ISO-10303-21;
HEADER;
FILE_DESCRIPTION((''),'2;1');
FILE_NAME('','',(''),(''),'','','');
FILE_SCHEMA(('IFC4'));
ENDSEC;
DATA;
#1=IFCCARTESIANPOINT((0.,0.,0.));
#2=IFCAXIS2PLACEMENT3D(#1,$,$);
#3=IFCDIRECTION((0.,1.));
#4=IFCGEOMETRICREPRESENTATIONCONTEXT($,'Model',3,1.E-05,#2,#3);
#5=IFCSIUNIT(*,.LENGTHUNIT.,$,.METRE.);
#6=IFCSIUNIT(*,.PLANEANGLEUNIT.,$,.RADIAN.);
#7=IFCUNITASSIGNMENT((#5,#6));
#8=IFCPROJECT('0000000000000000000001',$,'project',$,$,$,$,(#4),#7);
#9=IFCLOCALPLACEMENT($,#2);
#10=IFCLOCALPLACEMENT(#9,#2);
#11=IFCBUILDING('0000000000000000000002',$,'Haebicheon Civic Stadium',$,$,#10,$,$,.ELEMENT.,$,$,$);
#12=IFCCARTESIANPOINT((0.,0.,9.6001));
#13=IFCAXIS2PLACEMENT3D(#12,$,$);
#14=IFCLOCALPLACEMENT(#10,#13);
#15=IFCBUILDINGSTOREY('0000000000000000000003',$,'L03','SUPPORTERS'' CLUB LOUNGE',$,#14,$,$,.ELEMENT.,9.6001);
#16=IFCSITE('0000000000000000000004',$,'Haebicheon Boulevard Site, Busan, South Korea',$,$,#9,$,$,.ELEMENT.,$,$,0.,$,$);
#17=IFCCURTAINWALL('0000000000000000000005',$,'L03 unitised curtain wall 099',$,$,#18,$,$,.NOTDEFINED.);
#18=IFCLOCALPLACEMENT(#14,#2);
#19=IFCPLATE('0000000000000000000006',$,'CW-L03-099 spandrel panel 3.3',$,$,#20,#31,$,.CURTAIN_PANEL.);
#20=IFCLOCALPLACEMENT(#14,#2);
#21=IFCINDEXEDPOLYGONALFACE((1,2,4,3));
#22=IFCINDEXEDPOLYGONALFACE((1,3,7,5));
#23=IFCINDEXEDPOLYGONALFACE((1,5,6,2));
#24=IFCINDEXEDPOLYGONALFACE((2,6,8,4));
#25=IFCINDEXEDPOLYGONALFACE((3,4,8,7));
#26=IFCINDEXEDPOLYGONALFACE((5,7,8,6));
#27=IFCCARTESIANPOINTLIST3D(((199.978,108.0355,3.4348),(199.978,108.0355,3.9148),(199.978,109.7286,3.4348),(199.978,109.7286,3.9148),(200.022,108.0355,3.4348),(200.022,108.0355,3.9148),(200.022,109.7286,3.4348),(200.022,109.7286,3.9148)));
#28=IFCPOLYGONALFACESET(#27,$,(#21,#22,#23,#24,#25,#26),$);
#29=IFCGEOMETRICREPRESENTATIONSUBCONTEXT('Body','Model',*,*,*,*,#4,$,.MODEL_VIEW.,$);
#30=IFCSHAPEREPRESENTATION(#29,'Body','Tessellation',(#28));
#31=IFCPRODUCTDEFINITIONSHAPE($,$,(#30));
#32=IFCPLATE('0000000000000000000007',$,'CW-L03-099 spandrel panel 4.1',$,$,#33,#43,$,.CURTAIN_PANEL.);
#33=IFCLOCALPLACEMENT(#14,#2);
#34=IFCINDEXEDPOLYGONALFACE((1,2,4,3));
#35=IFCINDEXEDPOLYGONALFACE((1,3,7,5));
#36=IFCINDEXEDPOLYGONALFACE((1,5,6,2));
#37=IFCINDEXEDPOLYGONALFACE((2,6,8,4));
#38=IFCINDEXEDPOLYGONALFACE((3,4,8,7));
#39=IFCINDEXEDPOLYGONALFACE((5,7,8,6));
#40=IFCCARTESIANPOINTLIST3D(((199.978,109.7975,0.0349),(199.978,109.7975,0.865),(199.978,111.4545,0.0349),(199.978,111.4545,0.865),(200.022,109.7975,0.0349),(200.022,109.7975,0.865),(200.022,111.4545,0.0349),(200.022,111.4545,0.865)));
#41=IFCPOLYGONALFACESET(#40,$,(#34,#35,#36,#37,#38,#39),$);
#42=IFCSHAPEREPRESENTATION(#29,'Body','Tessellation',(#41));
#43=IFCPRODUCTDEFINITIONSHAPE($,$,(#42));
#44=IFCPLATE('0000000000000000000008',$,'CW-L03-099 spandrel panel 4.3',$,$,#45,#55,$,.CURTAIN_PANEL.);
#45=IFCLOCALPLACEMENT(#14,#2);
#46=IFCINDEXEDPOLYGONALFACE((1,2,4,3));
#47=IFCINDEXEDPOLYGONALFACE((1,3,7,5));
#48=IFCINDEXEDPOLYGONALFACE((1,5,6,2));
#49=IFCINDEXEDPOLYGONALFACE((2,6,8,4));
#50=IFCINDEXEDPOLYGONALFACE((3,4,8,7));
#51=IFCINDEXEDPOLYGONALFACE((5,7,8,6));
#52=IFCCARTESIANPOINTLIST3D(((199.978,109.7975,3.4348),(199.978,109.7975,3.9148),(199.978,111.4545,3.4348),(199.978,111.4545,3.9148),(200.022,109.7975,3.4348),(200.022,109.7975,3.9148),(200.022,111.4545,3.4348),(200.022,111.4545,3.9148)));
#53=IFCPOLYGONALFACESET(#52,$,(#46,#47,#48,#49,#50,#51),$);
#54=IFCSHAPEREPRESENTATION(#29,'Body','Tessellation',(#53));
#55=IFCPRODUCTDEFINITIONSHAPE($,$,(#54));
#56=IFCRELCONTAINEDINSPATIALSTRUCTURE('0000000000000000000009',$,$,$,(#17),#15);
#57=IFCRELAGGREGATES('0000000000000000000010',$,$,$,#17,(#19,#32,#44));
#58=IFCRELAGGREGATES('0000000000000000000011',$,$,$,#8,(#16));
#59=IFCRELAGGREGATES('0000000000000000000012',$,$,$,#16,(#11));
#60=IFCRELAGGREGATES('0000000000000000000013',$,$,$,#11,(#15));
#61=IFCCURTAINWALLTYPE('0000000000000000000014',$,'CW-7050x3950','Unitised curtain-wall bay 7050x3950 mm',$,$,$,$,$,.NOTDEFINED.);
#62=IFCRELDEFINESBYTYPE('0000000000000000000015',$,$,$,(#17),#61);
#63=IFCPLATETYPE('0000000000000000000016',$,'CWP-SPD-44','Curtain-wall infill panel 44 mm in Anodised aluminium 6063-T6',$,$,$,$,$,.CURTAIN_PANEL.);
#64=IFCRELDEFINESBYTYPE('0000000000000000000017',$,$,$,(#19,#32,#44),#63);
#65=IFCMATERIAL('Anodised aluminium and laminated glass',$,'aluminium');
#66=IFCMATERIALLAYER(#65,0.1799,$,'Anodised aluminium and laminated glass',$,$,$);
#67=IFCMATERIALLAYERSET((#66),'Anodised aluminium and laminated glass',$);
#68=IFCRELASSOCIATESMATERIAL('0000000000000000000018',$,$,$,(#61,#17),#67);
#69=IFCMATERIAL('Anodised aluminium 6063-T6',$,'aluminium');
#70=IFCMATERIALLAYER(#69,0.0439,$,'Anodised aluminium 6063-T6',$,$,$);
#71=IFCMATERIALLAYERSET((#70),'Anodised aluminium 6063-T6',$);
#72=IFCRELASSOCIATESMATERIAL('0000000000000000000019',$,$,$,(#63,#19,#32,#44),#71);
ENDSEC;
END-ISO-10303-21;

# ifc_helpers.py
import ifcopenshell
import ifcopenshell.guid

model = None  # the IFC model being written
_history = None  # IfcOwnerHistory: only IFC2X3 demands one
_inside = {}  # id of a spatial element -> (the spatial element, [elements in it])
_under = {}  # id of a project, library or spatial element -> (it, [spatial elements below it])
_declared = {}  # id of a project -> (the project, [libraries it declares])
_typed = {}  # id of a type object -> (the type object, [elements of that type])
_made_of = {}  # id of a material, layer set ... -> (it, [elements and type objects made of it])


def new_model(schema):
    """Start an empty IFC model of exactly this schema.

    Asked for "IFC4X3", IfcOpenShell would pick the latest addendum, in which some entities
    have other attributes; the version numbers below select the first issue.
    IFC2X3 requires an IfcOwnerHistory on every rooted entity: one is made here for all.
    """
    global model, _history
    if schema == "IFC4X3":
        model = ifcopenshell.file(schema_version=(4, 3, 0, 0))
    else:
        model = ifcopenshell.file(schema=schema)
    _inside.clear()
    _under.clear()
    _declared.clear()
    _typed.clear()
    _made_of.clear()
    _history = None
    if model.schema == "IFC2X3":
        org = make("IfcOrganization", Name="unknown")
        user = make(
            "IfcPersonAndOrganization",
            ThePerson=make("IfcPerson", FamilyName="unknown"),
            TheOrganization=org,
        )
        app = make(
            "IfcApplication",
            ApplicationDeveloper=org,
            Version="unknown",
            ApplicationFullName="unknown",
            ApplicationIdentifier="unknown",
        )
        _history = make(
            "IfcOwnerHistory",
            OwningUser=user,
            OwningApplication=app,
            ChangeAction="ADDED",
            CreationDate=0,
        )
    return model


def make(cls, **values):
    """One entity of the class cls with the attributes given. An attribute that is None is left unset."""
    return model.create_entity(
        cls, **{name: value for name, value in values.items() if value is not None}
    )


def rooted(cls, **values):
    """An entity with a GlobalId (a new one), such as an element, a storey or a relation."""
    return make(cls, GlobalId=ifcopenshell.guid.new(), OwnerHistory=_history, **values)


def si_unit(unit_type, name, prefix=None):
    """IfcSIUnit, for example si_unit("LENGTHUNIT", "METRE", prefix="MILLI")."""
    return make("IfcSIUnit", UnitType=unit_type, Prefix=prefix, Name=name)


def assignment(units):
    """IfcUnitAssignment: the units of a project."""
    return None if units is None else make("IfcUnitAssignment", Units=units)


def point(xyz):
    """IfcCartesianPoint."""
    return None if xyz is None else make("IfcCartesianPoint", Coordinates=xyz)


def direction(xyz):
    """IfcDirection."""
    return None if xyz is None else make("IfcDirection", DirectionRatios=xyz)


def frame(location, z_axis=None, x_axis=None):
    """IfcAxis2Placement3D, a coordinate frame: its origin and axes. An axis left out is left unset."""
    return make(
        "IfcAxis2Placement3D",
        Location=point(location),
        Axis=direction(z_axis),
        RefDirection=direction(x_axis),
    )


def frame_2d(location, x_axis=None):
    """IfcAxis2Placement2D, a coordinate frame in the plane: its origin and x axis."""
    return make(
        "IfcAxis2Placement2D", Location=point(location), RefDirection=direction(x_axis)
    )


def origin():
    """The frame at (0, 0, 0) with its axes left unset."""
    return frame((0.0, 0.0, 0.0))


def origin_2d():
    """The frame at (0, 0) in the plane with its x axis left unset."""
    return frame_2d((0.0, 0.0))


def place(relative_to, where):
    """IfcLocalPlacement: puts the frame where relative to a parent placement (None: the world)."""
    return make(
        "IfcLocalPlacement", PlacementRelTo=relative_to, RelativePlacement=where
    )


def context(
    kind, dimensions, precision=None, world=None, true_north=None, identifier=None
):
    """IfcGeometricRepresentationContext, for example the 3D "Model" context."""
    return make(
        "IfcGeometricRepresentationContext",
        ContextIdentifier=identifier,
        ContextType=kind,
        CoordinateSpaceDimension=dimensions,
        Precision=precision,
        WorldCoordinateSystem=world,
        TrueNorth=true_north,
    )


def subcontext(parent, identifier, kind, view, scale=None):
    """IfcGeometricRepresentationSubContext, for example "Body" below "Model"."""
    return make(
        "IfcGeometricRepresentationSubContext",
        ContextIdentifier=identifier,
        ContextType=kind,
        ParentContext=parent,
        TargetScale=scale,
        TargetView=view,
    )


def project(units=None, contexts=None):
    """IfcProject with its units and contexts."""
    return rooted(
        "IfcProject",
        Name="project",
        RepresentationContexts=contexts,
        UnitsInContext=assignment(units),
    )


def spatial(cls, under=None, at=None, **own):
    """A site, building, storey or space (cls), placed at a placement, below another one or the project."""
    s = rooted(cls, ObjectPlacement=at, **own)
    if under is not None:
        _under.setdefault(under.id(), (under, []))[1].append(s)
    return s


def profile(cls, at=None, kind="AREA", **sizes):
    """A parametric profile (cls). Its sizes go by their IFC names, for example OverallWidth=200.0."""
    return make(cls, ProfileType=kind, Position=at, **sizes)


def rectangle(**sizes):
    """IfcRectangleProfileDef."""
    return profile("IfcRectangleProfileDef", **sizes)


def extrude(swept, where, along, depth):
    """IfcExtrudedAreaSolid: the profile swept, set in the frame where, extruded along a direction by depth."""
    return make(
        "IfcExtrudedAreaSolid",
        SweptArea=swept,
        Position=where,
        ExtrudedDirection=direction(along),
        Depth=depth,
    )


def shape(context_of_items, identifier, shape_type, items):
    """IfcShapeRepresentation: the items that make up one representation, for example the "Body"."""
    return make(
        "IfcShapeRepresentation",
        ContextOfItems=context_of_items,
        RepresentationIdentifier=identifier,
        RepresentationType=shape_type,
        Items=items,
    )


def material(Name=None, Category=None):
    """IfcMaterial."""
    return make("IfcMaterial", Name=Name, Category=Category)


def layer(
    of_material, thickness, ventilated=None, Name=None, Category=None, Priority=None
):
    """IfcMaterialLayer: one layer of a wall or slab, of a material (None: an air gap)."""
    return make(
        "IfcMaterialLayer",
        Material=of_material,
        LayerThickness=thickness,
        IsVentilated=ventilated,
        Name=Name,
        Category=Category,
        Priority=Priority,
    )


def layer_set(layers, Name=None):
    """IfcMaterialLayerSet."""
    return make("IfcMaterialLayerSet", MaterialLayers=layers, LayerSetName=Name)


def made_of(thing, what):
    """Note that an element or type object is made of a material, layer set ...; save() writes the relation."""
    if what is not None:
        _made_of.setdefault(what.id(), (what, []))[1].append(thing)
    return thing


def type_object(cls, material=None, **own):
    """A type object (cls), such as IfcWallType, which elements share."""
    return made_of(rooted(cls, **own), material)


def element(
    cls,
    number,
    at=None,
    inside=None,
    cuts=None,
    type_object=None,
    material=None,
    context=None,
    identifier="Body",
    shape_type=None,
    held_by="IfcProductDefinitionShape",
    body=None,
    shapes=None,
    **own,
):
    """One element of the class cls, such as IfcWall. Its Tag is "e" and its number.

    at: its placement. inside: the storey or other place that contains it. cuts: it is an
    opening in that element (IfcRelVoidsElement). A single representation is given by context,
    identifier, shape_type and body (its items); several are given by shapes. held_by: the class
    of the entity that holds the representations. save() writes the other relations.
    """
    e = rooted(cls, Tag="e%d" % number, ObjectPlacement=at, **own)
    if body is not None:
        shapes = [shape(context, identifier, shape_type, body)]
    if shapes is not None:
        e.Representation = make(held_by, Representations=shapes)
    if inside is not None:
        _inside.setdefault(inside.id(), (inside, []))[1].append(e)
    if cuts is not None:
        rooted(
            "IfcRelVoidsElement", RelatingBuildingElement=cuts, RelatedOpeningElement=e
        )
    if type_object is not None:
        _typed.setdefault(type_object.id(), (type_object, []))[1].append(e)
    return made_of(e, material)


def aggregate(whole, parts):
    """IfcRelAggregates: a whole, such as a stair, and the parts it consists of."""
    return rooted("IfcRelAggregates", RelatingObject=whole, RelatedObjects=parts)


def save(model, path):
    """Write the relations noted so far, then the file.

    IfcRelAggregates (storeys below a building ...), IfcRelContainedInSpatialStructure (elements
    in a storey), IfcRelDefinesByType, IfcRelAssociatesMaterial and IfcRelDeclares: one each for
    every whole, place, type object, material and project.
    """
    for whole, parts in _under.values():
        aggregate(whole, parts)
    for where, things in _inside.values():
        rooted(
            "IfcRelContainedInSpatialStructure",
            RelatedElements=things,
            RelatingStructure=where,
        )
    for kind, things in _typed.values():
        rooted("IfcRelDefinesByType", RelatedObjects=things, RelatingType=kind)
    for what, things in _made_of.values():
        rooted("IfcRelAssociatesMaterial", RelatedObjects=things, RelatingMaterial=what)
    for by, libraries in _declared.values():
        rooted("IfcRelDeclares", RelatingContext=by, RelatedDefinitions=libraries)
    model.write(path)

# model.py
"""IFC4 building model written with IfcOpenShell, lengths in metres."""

from ifc_helpers import new_model, si_unit, direction, frame, origin, origin_2d, place, context, subcontext, project, spatial, rectangle, extrude, material, layer, layer_set, type_object, element, aggregate, save


model = new_model("IFC4")

# Units and contexts
model_context = context("Model", 3, precision=1e-05, world=origin(), true_north=direction((0.0, 1.0)))
body_context = subcontext(model_context, "Body", "Model", "MODEL_VIEW")
ifc_project = project(units=[si_unit("LENGTHUNIT", "METRE"), si_unit("PLANEANGLEUNIT", "RADIAN")], contexts=[model_context])

# Site, building, storey
site_placement = place(None, origin())
site = spatial("IfcSite", under=ifc_project, at=site_placement, Name="Haebicheon Boulevard Site, Busan, South Korea", CompositionType="ELEMENT", RefElevation=0.0)
building_placement = place(site_placement, origin())
building = spatial("IfcBuilding", under=site, at=building_placement, Name="Haebicheon Civic Stadium", CompositionType="ELEMENT")
storey_placement = place(building_placement, frame((0.0, 0.0, 9.6001)))
storey = spatial("IfcBuildingStorey", under=building, at=storey_placement, Name="L03", Description="SUPPORTERS' CLUB LOUNGE", CompositionType="ELEMENT", Elevation=9.6001)

# Curtain wall
ifc_material_1 = material(Name="Anodised aluminium and laminated glass", Category="aluminium")
ifc_layer_1 = layer(ifc_material_1, 0.1799, Name="Anodised aluminium and laminated glass")
ifc_layer_set_1 = layer_set([ifc_layer_1], Name="Anodised aluminium and laminated glass")
curtain_wall_type = type_object("IfcCurtainWallType", Name="CW-7050x3950", Description="Unitised curtain-wall bay 7050x3950 mm", PredefinedType="NOTDEFINED", material=ifc_layer_set_1)
curtain_wall_placement = place(storey_placement, origin())
curtain_wall = element("IfcCurtainWall", 1, at=curtain_wall_placement, inside=storey, type_object=curtain_wall_type, material=ifc_layer_set_1, Name="L03 unitised curtain wall 099", PredefinedType="NOTDEFINED")

# Plates
ifc_material_2 = material(Name="Anodised aluminium 6063-T6", Category="aluminium")
ifc_layer_2 = layer(ifc_material_2, 0.0439, Name="Anodised aluminium 6063-T6")
ifc_layer_set_2 = layer_set([ifc_layer_2], Name="Anodised aluminium 6063-T6")
plate_type_1 = type_object("IfcPlateType", Name="CWP-SPD-44", Description="Curtain-wall infill panel 44 mm in Anodised aluminium 6063-T6", PredefinedType="CURTAIN_PANEL", material=ifc_layer_set_2)
plate_1_placement = place(storey_placement, frame((200.0, 108.8821, 3.4348), z_axis=(0.0, 0.0, 1.0), x_axis=(0.0, 1.0, 0.0)))
plate_1 = element("IfcPlate", 2, at=plate_1_placement, type_object=plate_type_1, material=ifc_layer_set_2, Name="CW-L03-099 spandrel panel 3.3", PredefinedType="CURTAIN_PANEL", context=body_context, shape_type="SweptSolid", body=[
    extrude(rectangle(XDim=1.6931, YDim=0.0439, at=origin_2d()), origin(), (0.0, 0.0, 1.0), 0.48),
])
plate_2_placement = place(storey_placement, frame((200.0, 110.626, 0.0349), z_axis=(0.0, 0.0, 1.0), x_axis=(0.0, 1.0, 0.0)))
plate_2 = element("IfcPlate", 3, at=plate_2_placement, type_object=plate_type_1, material=ifc_layer_set_2, Name="CW-L03-099 spandrel panel 4.1", PredefinedType="CURTAIN_PANEL", context=body_context, shape_type="SweptSolid", body=[
    extrude(rectangle(XDim=1.657, YDim=0.0439, at=origin_2d()), origin(), (0.0, 0.0, 1.0), 0.8301),
])
plate_3_placement = place(storey_placement, frame((200.0, 110.626, 3.4348), z_axis=(0.0, 0.0, 1.0), x_axis=(0.0, 1.0, 0.0)))
plate_3 = element("IfcPlate", 4, at=plate_3_placement, type_object=plate_type_1, material=ifc_layer_set_2, Name="CW-L03-099 spandrel panel 4.3", PredefinedType="CURTAIN_PANEL", context=body_context, shape_type="SweptSolid", body=[
    extrude(rectangle(XDim=1.657, YDim=0.0439, at=origin_2d()), origin(), (0.0, 0.0, 1.0), 0.48),
])
aggregate(curtain_wall, [plate_1, plate_2, plate_3])

save(model, "model.ifc")
